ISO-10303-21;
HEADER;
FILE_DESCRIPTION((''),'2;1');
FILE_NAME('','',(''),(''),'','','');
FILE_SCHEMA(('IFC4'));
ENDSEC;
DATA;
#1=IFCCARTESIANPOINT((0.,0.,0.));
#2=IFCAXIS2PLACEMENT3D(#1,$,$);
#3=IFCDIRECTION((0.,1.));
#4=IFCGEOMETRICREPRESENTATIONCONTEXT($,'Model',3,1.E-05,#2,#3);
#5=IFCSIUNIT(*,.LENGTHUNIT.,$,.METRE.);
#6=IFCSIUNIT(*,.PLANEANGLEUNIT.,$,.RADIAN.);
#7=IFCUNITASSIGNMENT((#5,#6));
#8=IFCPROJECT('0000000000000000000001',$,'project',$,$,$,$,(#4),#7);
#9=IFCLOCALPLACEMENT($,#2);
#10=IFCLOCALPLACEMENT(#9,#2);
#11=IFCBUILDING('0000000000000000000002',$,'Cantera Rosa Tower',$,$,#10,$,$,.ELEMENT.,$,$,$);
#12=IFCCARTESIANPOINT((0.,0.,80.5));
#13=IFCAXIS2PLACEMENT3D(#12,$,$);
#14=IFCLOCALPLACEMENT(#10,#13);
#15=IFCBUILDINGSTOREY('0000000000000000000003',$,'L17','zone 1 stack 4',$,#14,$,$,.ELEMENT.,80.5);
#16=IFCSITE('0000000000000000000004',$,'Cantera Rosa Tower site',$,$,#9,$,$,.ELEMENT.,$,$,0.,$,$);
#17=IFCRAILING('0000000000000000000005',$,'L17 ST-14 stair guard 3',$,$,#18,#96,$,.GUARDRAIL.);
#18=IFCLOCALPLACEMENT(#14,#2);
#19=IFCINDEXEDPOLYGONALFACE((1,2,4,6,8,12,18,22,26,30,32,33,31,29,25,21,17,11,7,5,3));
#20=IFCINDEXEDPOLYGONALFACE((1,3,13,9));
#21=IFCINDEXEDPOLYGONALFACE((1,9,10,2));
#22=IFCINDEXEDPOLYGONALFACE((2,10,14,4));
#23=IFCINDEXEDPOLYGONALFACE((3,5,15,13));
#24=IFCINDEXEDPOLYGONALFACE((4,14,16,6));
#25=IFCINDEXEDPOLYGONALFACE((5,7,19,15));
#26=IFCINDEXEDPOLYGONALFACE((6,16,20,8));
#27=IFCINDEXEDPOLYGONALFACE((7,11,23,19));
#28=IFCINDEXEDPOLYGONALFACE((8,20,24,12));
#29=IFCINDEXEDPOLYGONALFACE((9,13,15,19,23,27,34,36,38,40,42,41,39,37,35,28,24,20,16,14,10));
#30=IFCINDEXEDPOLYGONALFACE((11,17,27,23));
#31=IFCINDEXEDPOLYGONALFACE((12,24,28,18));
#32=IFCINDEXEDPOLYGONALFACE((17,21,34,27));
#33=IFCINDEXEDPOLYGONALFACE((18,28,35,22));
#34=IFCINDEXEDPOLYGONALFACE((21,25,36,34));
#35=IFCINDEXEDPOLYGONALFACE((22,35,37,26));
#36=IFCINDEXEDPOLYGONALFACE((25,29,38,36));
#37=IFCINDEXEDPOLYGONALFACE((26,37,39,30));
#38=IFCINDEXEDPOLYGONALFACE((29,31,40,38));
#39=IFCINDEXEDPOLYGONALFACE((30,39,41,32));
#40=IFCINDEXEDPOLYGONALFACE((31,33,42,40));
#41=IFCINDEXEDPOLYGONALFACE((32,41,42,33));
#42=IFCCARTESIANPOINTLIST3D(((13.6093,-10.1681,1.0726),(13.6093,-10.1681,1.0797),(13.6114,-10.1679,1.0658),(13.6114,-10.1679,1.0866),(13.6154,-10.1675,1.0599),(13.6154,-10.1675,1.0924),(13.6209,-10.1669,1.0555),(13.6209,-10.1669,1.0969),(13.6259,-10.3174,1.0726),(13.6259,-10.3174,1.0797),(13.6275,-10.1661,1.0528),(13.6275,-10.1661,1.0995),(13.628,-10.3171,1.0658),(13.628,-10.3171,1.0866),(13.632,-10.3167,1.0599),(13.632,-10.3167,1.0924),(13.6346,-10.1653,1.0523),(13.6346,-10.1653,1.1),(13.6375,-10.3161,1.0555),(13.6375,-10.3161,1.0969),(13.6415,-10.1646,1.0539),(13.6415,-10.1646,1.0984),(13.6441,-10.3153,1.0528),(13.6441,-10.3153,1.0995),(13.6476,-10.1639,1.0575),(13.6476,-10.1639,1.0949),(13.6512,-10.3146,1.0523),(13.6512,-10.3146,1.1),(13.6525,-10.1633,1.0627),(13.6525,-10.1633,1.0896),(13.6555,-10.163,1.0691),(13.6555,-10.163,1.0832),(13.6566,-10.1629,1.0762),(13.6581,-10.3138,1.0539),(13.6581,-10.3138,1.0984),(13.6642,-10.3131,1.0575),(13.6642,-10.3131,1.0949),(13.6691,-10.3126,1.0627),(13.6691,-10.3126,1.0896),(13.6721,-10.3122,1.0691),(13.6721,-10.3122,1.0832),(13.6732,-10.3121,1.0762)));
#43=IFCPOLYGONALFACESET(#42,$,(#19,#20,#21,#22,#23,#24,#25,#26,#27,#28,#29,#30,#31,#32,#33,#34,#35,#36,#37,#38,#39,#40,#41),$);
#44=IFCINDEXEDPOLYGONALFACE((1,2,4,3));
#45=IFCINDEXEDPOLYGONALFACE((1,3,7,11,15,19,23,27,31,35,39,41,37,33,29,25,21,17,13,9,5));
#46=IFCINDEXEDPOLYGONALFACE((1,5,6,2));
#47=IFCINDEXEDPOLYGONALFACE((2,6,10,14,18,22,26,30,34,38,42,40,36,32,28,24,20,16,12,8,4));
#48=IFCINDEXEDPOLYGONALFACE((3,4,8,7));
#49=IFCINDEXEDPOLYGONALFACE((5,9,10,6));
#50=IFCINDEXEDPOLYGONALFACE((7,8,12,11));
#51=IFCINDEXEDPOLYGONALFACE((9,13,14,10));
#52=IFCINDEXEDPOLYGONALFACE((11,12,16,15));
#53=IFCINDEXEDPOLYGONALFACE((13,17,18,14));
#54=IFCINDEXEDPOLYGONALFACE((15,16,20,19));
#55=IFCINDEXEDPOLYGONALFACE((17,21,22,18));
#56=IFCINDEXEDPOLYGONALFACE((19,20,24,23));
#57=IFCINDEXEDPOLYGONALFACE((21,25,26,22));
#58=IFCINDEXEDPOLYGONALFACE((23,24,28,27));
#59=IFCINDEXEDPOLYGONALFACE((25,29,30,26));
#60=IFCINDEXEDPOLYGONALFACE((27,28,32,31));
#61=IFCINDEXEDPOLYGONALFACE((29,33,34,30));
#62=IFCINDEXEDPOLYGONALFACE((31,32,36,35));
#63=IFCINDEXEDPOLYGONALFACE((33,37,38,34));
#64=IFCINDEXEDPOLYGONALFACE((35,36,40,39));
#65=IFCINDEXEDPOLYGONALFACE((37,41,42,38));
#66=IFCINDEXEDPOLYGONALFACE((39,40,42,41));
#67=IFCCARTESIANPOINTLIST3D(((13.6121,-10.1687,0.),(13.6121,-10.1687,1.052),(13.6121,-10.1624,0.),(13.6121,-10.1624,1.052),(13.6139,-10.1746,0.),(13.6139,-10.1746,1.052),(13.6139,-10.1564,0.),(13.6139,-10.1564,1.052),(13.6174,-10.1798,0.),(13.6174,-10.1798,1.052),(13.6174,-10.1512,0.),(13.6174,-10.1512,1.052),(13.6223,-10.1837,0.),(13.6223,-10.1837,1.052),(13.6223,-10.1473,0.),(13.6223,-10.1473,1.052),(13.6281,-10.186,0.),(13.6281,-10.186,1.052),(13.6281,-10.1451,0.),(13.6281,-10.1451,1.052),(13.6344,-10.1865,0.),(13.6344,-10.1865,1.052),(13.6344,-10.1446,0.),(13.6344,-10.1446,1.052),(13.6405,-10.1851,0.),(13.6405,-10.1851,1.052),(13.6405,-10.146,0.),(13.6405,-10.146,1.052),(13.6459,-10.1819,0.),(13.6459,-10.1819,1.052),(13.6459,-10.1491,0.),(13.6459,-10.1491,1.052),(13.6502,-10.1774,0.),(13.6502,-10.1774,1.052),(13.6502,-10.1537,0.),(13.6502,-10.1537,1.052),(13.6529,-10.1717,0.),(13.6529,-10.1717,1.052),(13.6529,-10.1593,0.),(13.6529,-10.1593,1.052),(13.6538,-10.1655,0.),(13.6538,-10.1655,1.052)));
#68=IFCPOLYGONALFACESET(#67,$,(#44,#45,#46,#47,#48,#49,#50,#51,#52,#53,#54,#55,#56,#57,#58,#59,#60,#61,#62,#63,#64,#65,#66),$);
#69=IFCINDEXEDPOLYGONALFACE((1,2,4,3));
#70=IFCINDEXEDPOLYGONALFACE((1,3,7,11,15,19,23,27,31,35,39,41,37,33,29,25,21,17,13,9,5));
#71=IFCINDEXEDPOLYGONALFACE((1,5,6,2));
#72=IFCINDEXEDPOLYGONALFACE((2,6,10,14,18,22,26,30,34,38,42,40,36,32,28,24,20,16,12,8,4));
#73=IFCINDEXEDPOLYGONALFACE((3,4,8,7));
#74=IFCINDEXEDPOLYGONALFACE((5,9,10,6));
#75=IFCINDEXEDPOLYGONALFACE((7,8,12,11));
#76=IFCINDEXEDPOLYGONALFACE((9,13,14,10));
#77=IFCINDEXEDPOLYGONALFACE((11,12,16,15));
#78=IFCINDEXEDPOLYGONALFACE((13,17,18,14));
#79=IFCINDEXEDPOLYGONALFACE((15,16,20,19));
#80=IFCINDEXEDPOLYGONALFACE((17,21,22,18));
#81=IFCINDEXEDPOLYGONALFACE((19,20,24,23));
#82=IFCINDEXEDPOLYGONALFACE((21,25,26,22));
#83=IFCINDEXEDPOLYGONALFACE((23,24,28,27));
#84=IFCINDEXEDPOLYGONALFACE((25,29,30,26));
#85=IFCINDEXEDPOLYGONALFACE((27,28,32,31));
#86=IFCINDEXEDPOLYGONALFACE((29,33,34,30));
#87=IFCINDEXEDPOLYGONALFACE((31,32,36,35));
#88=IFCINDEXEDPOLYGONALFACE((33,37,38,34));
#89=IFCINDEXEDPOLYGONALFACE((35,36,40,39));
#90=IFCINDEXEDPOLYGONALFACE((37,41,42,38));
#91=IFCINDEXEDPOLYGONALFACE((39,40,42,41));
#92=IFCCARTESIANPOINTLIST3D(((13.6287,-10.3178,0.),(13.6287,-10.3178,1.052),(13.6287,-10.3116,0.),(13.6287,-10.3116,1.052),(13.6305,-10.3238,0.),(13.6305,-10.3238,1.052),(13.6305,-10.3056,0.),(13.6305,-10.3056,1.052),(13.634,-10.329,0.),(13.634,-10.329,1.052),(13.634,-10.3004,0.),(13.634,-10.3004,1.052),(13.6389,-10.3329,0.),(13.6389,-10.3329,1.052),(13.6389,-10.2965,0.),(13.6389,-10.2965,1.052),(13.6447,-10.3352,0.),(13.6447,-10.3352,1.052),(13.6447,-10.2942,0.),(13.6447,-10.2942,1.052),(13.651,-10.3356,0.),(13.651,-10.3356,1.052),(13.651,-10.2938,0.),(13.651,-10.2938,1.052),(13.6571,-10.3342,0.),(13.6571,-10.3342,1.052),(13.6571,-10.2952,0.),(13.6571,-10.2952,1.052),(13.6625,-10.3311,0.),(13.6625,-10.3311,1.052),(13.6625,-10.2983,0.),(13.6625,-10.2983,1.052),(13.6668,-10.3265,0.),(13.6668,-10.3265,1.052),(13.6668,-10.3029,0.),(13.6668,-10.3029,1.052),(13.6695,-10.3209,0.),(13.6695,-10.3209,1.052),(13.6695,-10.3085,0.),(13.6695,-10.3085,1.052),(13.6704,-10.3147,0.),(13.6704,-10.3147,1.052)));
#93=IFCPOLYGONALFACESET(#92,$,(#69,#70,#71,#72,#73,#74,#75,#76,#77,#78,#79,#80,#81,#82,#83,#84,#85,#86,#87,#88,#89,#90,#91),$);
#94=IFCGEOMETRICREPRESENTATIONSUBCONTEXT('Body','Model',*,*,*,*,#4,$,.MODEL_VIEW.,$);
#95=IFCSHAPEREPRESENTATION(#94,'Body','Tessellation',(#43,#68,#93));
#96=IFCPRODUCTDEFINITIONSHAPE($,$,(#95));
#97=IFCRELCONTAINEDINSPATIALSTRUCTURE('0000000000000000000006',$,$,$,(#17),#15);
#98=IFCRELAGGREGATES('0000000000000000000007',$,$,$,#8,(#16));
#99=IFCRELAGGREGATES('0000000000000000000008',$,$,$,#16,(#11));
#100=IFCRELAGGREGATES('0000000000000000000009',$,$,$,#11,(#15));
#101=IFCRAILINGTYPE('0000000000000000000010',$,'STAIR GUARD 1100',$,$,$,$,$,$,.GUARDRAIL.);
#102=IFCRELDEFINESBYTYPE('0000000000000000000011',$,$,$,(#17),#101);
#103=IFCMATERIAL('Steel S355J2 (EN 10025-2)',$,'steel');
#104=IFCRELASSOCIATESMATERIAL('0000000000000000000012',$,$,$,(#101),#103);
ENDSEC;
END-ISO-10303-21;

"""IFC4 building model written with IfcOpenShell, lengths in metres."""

from ifc_helpers import new_model, si_unit, direction, frame, origin, origin_2d, place, context, subcontext, project, spatial, circle, extrude, material, type_object, element, save


model = new_model("IFC4")

# Units and contexts
model_context = context("Model", 3, precision=1e-05, world=origin(), true_north=direction((0.0, 1.0)))
body_context = subcontext(model_context, "Body", "Model", "MODEL_VIEW")
ifc_project = project(units=[si_unit("LENGTHUNIT", "METRE"), si_unit("PLANEANGLEUNIT", "RADIAN")], contexts=[model_context])

# Site, building, storey
site_placement = place(None, origin())
site = spatial("IfcSite", under=ifc_project, at=site_placement, Name="Cantera Rosa Tower site", CompositionType="ELEMENT", RefElevation=0.0)
building_placement = place(site_placement, origin())
building = spatial("IfcBuilding", under=site, at=building_placement, Name="Cantera Rosa Tower", CompositionType="ELEMENT")
storey_placement = place(building_placement, frame((0.0, 0.0, 80.5)))
storey = spatial("IfcBuildingStorey", under=building, at=storey_placement, Name="L17", Description="zone 1 stack 4", CompositionType="ELEMENT", Elevation=80.5)

# Railing
ifc_material_1 = material(Name="Steel S355J2 (EN 10025-2)", Category="steel")
railing_type = type_object("IfcRailingType", Name="STAIR GUARD 1100", PredefinedType="GUARDRAIL", material=ifc_material_1)
railing_1_placement = place(storey_placement, frame((13.6328, -10.1655, 0.0)))
element("IfcRailing", 1, at=railing_1_placement, inside=storey, type_object=railing_type, Name="L17 ST-14 stair guard 3", PredefinedType="GUARDRAIL", context=body_context, shape_type="SweptSolid", body=[
    extrude(circle(Radius=0.0239, at=origin_2d()), frame((0.0, 0.0, 1.0762), z_axis=(0.11061, -0.993864, 0.0), x_axis=(0.993864, 0.11061, 0.0)), (0.0, 0.0, 1.0), 0.1501),
    extrude(circle(Radius=0.021, at=origin_2d()), origin(), (0.0, 0.0, 1.0), 1.052),
    extrude(circle(Radius=0.021, at=origin_2d()), frame((0.0166, -0.1492, 0.0)), (0.0, 0.0, 1.0), 1.052),
])

save(model, "model.ifc")
